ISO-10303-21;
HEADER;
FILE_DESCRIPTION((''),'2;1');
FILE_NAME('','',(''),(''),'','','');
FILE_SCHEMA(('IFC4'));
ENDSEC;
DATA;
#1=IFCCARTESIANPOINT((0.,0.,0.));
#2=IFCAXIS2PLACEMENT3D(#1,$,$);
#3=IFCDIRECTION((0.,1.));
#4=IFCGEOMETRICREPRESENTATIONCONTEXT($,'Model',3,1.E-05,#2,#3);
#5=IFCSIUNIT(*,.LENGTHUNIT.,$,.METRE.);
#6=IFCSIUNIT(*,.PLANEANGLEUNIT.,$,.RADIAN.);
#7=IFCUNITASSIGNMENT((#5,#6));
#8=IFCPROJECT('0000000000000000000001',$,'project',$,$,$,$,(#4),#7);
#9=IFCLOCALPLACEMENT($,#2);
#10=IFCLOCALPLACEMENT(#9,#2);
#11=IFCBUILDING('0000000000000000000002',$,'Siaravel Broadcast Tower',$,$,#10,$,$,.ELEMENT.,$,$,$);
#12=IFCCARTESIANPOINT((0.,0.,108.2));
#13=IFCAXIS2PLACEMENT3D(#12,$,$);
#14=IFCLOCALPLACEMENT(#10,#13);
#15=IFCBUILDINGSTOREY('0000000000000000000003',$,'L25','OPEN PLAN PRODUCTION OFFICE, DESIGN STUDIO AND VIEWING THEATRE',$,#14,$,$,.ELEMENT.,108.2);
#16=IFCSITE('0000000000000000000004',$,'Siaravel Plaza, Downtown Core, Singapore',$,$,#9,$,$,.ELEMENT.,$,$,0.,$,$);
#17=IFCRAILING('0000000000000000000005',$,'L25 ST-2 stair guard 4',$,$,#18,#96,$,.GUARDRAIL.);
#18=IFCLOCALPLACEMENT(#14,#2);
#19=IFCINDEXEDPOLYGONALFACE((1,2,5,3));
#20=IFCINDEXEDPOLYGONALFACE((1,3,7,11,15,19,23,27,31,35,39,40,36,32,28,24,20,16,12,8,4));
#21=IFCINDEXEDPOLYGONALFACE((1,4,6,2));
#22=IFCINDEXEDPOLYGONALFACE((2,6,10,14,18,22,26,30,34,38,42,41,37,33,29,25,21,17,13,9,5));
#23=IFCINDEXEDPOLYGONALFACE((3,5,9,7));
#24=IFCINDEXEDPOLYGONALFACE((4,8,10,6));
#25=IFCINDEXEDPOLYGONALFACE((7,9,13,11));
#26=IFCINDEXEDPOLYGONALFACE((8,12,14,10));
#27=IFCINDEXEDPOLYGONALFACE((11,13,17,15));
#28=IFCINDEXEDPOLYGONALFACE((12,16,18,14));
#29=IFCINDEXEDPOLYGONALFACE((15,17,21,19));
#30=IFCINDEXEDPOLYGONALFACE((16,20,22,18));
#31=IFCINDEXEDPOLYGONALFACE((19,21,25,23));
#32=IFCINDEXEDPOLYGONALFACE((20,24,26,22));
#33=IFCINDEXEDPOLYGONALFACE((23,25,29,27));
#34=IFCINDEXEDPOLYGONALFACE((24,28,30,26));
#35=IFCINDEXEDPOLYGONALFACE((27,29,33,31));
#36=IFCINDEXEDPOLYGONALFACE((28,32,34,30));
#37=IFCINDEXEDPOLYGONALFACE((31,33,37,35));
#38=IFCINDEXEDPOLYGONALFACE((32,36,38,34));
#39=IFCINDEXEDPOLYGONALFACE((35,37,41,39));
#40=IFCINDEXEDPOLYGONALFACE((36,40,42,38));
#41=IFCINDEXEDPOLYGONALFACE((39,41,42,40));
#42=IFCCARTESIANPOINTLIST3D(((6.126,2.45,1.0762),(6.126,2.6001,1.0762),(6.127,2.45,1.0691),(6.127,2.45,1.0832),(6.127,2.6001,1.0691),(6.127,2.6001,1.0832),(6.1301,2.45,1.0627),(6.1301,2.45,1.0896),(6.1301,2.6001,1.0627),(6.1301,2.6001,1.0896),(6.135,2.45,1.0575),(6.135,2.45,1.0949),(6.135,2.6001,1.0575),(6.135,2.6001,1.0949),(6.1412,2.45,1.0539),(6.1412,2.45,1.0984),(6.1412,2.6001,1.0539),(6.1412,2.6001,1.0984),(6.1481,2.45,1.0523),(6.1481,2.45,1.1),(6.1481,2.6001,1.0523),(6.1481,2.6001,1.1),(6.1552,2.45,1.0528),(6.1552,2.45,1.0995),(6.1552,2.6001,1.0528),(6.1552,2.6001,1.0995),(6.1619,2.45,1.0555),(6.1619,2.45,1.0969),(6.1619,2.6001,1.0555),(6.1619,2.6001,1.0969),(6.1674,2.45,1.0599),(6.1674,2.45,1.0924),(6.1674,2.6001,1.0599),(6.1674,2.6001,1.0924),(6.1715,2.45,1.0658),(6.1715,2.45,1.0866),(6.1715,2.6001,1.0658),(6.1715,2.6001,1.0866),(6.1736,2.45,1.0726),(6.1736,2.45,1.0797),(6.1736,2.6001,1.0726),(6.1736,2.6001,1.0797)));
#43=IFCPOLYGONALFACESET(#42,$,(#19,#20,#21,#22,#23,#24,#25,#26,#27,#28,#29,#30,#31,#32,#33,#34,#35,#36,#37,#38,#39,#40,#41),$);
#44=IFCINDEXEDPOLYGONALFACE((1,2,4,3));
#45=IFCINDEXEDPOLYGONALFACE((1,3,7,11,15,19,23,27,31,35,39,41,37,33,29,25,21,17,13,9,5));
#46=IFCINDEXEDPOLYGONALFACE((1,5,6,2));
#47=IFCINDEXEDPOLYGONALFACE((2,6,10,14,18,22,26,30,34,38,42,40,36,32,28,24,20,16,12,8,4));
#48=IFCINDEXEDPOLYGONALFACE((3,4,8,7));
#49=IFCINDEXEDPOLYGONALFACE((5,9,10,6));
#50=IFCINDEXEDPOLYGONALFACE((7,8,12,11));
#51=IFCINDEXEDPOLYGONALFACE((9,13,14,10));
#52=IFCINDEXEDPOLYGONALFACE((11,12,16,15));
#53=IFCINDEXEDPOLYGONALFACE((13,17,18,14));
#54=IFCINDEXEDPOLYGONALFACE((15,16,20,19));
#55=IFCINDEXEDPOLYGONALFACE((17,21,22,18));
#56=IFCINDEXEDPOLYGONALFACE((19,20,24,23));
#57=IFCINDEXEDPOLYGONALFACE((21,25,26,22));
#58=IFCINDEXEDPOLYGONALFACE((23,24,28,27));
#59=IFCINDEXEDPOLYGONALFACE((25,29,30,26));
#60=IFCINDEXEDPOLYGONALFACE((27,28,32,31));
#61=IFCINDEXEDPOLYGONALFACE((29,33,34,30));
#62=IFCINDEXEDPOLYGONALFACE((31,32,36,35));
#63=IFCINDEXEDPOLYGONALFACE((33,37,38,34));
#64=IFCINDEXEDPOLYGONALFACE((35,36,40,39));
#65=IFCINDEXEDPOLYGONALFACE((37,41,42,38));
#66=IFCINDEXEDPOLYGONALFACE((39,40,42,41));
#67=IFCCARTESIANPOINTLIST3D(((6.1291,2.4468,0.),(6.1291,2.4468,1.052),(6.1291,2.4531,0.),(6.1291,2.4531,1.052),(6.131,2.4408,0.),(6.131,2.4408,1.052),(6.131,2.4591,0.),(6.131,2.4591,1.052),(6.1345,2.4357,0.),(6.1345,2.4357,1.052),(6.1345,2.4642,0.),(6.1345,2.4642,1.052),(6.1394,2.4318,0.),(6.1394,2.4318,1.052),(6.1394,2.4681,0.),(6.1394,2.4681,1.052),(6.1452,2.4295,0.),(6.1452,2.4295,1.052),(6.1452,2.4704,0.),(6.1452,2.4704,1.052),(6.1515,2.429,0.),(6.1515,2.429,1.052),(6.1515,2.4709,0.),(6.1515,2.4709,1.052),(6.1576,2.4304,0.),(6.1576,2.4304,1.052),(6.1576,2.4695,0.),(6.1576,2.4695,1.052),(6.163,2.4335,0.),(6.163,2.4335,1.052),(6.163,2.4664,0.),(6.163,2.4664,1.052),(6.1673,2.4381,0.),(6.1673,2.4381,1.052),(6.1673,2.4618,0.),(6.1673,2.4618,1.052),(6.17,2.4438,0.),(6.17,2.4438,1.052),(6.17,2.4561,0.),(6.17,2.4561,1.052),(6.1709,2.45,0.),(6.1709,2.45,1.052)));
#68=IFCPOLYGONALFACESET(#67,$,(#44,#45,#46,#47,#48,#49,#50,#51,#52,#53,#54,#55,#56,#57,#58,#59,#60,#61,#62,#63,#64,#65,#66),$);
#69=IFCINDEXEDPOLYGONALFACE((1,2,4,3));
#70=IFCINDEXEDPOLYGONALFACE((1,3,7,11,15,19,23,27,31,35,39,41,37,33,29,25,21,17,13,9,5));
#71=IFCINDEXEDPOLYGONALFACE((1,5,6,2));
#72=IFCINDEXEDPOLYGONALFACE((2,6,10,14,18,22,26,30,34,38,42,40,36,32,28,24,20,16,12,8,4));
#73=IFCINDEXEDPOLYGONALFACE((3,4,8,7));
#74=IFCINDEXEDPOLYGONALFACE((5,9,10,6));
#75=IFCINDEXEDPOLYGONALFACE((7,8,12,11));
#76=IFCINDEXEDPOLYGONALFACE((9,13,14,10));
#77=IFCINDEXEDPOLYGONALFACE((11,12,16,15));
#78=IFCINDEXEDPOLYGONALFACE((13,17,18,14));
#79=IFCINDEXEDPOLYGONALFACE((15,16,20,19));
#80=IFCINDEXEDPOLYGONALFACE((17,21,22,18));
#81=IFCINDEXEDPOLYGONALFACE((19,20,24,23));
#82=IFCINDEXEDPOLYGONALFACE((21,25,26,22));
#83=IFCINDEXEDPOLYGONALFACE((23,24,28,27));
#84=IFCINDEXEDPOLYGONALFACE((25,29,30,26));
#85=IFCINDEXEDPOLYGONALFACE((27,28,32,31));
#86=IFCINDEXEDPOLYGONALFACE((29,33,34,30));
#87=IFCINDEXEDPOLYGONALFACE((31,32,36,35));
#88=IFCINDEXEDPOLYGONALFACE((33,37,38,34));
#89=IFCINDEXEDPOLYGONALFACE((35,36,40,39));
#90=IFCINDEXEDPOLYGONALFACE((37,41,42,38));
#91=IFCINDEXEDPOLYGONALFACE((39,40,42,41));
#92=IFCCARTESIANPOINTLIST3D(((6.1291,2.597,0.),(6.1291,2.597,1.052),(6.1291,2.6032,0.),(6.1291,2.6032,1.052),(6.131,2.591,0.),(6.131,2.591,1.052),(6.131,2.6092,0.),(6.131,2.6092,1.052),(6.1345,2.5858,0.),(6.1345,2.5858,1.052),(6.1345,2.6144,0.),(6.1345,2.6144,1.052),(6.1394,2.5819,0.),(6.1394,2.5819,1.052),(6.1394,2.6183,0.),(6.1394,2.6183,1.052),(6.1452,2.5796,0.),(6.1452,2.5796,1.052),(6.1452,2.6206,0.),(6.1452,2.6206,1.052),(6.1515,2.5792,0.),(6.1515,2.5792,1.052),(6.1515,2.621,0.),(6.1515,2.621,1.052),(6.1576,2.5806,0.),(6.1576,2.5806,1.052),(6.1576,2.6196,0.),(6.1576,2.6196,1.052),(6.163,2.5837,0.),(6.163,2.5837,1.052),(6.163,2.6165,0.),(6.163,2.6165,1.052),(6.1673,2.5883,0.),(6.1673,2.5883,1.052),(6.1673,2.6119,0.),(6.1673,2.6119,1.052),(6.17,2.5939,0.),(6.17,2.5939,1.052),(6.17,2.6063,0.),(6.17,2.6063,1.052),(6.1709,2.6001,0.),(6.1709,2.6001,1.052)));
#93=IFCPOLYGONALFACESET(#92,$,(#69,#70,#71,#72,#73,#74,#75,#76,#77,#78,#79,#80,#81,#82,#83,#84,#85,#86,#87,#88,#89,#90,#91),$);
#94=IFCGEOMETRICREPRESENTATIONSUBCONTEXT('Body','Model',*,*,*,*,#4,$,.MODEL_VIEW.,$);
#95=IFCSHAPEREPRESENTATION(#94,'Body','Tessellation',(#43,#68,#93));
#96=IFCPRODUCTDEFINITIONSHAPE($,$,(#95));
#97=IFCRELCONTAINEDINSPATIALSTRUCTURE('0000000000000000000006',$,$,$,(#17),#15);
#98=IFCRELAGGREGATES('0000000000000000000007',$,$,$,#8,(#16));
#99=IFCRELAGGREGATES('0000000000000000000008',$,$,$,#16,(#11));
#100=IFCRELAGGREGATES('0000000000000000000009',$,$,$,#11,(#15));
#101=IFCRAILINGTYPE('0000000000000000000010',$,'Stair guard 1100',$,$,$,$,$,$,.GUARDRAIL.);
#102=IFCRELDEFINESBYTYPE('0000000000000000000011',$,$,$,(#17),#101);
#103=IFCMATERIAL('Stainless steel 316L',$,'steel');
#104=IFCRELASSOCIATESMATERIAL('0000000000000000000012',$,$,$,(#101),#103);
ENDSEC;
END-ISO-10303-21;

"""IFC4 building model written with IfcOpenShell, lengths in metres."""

from ifc_helpers import new_model, si_unit, direction, frame, origin, origin_2d, place, context, subcontext, project, spatial, circle, extrude, material, type_object, element, save


model = new_model("IFC4")

# Units and contexts
model_context = context("Model", 3, precision=1e-05, world=origin(), true_north=direction((0.0, 1.0)))
body_context = subcontext(model_context, "Body", "Model", "MODEL_VIEW")
ifc_project = project(units=[si_unit("LENGTHUNIT", "METRE"), si_unit("PLANEANGLEUNIT", "RADIAN")], contexts=[model_context])

# Site, building, storey
site_placement = place(None, origin())
site = spatial("IfcSite", under=ifc_project, at=site_placement, Name="Siaravel Plaza, Downtown Core, Singapore", CompositionType="ELEMENT", RefElevation=0.0)
building_placement = place(site_placement, origin())
building = spatial("IfcBuilding", under=site, at=building_placement, Name="Siaravel Broadcast Tower", CompositionType="ELEMENT")
storey_placement = place(building_placement, frame((0.0, 0.0, 108.2)))
storey = spatial("IfcBuildingStorey", under=building, at=storey_placement, Name="L25", Description="OPEN PLAN PRODUCTION OFFICE, DESIGN STUDIO AND VIEWING THEATRE", CompositionType="ELEMENT", Elevation=108.2)

# Railing
ifc_material_1 = material(Name="Stainless steel 316L", Category="steel")
railing_type_1 = type_object("IfcRailingType", Name="Stair guard 1100", PredefinedType="GUARDRAIL", material=ifc_material_1)
railing_1_placement = place(storey_placement, frame((6.1499, 2.45, 0.0)))
element("IfcRailing", 1, at=railing_1_placement, inside=storey, type_object=railing_type_1, Name="L25 ST-2 stair guard 4", PredefinedType="GUARDRAIL", context=body_context, shape_type="SweptSolid", body=[
    extrude(circle(Radius=0.0239, at=origin_2d()), frame((0.0, 0.0, 1.0762), z_axis=(0.0, 1.0, 0.0), x_axis=(-1.0, 0.0, 0.0)), (0.0, 0.0, 1.0), 0.1501),
    extrude(circle(Radius=0.021, at=origin_2d()), origin(), (0.0, 0.0, 1.0), 1.052),
    extrude(circle(Radius=0.021, at=origin_2d()), frame((0.0, 0.1501, 0.0)), (0.0, 0.0, 1.0), 1.052),
])

save(model, "model.ifc")
